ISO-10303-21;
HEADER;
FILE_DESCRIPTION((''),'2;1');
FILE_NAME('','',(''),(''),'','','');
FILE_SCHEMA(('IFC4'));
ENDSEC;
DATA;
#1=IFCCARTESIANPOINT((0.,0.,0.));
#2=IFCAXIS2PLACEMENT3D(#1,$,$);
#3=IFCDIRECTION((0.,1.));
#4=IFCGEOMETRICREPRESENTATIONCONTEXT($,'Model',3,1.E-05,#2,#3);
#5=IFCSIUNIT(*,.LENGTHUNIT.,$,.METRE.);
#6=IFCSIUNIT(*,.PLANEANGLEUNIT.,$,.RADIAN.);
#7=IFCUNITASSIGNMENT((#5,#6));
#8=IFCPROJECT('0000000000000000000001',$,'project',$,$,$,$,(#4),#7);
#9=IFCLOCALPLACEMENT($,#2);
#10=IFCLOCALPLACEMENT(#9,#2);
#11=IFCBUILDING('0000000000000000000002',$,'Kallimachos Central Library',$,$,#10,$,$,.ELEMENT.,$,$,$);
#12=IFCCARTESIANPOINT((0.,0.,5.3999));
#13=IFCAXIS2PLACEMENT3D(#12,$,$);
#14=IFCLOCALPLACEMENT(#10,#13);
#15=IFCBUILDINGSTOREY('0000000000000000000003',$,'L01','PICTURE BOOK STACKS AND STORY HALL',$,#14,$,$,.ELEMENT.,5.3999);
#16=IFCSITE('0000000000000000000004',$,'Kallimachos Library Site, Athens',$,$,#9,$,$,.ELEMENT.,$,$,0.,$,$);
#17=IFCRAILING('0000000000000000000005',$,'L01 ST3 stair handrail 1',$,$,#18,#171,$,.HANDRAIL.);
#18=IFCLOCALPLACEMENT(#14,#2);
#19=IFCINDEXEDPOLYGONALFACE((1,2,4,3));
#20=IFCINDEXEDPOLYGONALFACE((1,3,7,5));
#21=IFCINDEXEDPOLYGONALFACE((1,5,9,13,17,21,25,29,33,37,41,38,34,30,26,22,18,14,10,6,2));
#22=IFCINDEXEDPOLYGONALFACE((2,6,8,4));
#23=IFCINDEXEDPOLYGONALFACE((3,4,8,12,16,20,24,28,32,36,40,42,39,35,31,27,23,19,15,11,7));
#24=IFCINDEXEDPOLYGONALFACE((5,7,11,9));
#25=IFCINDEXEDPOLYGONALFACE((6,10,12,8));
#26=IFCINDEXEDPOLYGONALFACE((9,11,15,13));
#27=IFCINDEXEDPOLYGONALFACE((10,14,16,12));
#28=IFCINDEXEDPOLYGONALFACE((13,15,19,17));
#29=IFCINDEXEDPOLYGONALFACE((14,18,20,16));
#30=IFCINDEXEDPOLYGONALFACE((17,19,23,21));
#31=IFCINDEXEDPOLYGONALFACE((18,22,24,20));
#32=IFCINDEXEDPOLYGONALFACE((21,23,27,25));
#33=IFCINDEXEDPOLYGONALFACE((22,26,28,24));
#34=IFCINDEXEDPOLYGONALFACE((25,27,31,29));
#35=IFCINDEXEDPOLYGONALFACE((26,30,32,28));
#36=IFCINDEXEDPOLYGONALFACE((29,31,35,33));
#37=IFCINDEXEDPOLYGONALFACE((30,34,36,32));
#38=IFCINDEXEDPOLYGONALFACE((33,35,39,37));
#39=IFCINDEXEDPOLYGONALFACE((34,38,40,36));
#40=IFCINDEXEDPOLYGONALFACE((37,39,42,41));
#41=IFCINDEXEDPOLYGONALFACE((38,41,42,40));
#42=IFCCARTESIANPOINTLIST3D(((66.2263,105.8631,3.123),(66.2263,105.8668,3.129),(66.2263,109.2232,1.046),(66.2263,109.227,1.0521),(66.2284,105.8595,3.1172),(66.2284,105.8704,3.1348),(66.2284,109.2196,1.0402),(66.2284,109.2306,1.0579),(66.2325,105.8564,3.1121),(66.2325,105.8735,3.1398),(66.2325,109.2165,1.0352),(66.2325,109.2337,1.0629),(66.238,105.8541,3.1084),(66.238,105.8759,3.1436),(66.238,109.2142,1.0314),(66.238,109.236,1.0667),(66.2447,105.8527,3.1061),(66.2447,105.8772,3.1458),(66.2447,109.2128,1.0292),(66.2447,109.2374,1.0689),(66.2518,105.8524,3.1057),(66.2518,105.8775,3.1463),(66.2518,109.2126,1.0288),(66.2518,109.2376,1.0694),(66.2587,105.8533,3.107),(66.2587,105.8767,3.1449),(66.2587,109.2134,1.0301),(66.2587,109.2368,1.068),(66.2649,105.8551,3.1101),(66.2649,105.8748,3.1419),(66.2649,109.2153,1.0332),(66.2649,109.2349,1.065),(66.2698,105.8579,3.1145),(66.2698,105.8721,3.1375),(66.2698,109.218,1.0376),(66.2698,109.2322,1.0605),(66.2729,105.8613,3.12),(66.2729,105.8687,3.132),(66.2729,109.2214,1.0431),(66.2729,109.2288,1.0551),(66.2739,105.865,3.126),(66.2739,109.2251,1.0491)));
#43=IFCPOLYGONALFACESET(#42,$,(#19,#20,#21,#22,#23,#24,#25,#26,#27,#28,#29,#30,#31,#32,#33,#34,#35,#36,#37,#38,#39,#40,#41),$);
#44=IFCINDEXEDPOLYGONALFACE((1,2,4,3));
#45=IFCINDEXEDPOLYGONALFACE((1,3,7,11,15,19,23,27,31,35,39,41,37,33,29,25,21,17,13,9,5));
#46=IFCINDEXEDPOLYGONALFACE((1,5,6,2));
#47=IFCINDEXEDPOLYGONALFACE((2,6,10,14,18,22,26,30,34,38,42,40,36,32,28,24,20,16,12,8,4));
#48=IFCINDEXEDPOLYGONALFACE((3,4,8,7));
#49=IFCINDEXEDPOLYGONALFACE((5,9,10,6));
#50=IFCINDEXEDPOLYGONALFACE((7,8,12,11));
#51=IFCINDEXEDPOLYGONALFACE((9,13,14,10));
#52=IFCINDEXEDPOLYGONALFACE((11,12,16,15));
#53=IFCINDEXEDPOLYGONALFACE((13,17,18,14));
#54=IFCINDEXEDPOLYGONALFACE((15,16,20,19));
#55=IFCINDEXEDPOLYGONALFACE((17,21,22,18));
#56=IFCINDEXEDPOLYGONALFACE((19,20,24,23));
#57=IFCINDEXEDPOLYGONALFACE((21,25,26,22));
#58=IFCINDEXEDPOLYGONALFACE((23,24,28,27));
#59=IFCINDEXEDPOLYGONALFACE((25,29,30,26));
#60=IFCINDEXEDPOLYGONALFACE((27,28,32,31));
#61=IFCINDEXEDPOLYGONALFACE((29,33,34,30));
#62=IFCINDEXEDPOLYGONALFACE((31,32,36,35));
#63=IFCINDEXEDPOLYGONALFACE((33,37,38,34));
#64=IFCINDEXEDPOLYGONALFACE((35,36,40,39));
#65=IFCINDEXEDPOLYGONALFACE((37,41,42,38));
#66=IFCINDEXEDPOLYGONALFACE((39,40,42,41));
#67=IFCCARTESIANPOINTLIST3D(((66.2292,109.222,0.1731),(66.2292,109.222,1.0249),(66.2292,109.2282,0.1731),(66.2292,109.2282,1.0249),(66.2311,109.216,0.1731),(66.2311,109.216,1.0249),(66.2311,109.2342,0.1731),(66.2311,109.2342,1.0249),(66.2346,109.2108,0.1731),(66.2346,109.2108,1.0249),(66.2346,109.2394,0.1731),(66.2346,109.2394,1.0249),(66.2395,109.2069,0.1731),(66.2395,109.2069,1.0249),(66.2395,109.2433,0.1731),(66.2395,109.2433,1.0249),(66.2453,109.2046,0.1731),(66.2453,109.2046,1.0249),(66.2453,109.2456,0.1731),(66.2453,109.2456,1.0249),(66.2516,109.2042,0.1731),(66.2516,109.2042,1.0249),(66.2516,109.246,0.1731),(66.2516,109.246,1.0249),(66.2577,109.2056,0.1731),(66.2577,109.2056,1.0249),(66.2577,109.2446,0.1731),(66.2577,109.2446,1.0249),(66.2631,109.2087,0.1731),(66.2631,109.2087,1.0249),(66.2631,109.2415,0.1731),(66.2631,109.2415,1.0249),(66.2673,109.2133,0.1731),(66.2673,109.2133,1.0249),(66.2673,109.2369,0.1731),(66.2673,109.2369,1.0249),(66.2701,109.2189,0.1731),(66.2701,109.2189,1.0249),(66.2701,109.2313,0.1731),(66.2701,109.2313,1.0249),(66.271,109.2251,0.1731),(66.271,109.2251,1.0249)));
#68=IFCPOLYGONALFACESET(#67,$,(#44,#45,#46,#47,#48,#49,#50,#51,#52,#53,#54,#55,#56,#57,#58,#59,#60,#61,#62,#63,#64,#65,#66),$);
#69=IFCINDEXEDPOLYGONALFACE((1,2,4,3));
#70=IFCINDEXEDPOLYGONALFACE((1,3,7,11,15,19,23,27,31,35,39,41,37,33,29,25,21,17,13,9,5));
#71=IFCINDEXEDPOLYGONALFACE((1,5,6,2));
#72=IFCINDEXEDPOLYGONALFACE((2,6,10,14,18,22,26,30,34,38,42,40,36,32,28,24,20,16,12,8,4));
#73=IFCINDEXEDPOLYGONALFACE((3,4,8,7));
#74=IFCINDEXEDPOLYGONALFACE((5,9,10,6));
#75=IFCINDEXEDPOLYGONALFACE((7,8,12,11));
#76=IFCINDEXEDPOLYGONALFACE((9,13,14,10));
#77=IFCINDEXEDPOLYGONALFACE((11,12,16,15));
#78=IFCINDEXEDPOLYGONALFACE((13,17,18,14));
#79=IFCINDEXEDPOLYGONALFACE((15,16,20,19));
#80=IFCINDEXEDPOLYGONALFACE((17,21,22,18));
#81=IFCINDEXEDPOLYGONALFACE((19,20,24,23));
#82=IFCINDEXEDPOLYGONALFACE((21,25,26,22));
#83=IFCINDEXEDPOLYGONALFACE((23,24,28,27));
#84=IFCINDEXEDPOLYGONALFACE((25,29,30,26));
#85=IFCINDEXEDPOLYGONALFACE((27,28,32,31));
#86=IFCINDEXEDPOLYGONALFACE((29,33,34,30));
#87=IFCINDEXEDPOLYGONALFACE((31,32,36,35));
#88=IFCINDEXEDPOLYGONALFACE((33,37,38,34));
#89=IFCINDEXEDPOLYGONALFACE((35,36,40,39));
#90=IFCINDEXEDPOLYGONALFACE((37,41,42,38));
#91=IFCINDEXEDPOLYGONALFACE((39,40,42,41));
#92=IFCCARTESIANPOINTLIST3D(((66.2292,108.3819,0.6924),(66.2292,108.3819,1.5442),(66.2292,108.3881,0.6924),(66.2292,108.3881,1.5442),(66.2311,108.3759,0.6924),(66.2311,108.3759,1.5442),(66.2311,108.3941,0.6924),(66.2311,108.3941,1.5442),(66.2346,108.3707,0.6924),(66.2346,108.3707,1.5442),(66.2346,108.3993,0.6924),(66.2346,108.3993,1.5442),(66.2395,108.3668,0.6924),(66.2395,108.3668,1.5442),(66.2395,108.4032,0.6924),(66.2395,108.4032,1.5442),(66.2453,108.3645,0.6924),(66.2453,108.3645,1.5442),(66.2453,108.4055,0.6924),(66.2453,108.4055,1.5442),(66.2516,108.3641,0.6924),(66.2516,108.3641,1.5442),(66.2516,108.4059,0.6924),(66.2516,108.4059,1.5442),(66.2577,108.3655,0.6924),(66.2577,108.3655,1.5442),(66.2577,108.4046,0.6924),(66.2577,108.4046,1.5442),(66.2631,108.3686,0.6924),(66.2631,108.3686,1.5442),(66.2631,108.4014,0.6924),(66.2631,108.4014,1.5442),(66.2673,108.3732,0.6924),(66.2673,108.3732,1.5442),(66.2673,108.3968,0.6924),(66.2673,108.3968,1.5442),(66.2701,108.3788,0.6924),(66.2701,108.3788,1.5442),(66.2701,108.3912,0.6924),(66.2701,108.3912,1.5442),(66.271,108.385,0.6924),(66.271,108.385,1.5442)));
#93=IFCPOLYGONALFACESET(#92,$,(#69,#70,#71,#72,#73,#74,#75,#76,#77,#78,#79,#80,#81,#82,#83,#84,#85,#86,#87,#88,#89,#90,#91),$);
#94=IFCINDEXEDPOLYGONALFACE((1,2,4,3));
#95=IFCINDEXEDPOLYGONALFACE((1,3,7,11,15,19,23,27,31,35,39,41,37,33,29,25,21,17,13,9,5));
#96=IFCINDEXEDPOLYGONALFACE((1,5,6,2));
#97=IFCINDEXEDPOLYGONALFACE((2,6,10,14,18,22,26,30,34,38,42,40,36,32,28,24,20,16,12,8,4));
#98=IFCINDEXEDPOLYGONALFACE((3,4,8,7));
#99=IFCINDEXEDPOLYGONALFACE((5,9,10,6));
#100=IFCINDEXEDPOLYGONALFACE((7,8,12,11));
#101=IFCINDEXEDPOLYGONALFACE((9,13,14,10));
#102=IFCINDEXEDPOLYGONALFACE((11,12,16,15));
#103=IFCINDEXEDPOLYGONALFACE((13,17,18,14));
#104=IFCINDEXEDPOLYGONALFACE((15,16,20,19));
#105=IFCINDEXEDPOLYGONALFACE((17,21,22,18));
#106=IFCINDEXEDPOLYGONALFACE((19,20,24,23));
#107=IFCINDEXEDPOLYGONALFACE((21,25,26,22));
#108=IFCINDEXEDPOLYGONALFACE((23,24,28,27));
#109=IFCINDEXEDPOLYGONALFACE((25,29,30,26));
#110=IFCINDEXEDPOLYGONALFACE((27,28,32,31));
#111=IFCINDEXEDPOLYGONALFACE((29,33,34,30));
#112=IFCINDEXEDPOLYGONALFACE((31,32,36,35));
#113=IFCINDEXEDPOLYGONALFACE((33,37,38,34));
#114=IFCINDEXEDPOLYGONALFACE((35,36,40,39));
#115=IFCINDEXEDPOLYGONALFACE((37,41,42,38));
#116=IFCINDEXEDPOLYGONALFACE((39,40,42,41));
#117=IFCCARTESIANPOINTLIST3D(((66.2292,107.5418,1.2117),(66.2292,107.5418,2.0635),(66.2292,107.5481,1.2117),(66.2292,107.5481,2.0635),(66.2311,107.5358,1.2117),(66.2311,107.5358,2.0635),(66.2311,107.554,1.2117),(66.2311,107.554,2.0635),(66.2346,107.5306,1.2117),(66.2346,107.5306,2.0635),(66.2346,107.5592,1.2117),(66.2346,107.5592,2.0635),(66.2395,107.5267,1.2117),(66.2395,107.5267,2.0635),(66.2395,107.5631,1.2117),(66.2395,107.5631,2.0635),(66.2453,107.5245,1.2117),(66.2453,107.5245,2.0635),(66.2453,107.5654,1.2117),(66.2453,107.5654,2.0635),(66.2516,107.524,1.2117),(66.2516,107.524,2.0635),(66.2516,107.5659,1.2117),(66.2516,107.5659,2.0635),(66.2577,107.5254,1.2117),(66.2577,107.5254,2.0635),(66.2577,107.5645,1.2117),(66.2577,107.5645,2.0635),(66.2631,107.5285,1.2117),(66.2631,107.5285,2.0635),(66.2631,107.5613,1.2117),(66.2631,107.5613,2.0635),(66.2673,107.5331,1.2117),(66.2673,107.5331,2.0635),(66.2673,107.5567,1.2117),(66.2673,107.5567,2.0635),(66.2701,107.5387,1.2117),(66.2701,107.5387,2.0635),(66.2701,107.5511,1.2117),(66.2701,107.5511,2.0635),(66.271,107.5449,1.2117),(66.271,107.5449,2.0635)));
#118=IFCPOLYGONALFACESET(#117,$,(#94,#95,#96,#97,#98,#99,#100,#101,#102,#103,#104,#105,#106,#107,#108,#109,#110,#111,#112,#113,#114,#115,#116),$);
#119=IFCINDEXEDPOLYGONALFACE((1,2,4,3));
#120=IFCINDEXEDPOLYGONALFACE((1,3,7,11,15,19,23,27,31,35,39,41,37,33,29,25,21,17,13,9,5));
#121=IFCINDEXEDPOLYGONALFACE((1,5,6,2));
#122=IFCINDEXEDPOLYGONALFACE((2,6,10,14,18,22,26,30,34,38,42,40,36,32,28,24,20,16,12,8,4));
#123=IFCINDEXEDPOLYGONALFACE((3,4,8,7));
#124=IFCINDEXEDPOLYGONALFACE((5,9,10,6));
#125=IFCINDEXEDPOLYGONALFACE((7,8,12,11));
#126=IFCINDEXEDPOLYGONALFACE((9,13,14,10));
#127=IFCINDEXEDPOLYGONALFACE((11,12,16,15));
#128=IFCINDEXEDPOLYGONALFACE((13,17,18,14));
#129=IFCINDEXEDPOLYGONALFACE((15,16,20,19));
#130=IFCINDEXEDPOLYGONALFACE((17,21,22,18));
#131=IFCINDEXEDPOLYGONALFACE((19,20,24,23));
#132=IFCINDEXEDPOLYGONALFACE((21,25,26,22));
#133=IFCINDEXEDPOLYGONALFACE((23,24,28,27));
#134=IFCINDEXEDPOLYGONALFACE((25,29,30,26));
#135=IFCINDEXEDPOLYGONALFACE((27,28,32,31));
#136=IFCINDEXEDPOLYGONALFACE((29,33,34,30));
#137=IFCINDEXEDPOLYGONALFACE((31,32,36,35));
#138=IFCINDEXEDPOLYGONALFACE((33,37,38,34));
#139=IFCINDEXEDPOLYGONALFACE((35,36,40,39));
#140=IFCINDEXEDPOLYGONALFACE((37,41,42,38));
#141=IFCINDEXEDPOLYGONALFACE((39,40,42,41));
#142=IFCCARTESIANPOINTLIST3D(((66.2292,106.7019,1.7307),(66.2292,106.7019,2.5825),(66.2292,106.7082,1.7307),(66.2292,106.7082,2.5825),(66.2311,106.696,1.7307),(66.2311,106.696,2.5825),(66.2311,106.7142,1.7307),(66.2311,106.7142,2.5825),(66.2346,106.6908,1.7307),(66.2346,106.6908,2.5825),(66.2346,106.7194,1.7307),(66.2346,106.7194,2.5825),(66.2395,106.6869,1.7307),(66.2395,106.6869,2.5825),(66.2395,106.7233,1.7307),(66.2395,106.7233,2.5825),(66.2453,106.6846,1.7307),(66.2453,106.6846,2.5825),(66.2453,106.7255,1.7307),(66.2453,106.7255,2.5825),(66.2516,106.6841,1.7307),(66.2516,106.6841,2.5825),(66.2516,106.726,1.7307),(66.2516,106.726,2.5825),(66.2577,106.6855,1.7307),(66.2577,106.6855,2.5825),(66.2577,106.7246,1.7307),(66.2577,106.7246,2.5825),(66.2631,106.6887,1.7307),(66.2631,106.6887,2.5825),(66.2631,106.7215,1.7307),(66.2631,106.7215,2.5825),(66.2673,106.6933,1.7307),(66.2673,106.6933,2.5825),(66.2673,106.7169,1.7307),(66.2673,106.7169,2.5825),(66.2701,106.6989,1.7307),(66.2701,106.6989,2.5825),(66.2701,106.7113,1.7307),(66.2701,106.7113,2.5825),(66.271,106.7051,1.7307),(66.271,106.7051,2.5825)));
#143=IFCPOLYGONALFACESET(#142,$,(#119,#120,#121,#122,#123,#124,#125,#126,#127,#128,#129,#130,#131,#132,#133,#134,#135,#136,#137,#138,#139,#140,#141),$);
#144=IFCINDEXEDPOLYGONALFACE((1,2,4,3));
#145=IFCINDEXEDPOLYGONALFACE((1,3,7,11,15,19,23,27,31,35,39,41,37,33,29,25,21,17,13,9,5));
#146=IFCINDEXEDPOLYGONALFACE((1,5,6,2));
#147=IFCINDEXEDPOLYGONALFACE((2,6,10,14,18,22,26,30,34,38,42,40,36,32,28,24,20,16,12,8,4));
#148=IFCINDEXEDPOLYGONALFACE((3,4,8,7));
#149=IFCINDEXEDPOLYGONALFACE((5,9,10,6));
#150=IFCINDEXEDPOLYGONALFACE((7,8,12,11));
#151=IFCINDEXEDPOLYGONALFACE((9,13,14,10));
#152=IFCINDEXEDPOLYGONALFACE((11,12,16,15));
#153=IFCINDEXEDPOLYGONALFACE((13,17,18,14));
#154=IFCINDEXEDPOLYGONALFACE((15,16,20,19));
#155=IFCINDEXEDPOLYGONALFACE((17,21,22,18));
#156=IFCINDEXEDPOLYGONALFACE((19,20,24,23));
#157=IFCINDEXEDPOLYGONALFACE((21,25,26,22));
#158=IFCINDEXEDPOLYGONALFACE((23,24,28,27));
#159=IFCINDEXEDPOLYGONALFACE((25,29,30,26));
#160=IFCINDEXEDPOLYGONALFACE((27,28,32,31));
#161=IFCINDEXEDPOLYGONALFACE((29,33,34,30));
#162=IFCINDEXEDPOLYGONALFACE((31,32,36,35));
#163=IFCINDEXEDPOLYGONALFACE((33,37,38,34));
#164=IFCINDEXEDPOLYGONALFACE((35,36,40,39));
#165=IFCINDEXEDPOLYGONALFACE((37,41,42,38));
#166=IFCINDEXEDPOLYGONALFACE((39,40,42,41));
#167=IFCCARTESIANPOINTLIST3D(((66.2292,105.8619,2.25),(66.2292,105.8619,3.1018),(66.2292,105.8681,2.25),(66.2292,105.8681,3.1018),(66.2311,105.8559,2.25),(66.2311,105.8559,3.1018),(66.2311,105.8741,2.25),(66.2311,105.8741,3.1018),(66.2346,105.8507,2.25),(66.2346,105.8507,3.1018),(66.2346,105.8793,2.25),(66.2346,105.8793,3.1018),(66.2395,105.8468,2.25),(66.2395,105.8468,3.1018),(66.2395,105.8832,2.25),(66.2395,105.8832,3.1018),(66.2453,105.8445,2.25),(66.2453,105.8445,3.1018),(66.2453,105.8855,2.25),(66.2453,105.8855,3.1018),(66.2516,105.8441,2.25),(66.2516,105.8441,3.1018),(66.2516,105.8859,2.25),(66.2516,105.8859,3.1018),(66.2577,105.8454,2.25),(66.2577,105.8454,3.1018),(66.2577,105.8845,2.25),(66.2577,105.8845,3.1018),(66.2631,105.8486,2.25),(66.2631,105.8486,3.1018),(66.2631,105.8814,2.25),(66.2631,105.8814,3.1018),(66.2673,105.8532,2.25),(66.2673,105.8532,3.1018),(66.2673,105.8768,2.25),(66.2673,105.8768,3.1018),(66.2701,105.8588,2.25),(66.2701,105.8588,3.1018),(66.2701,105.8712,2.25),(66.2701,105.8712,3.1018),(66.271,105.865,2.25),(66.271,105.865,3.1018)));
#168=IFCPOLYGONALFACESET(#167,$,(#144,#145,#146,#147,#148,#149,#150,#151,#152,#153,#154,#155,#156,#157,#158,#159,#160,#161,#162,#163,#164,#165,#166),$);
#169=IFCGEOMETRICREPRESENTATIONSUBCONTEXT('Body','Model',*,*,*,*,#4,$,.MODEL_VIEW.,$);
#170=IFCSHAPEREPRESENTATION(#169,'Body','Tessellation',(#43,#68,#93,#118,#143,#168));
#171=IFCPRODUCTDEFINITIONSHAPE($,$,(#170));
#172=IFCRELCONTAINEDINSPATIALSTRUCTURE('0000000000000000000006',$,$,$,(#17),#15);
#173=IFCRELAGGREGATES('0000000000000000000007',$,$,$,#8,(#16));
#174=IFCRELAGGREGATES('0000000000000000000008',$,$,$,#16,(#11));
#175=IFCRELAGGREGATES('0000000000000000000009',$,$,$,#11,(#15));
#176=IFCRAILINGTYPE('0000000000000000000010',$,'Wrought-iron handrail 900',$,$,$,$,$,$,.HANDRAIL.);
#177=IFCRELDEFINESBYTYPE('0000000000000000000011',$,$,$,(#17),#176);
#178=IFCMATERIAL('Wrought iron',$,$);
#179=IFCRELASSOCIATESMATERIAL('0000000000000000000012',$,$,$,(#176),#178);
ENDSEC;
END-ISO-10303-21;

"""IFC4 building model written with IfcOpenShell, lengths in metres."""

from ifc_helpers import new_model, si_unit, direction, frame, origin, origin_2d, place, context, subcontext, project, spatial, circle, extrude, material, type_object, element, save


model = new_model("IFC4")

# Units and contexts
model_context = context("Model", 3, precision=1e-05, world=origin(), true_north=direction((0.0, 1.0)))
body_context = subcontext(model_context, "Body", "Model", "MODEL_VIEW")
ifc_project = project(units=[si_unit("LENGTHUNIT", "METRE"), si_unit("PLANEANGLEUNIT", "RADIAN")], contexts=[model_context])

# Site, building, storey
site_placement = place(None, origin())
site = spatial("IfcSite", under=ifc_project, at=site_placement, Name="Kallimachos Library Site, Athens", CompositionType="ELEMENT", RefElevation=0.0)
building_placement = place(site_placement, origin())
building = spatial("IfcBuilding", under=site, at=building_placement, Name="Kallimachos Central Library", CompositionType="ELEMENT")
storey_placement = place(building_placement, frame((0.0, 0.0, 5.3999)))
storey = spatial("IfcBuildingStorey", under=building, at=storey_placement, Name="L01", Description="PICTURE BOOK STACKS AND STORY HALL", CompositionType="ELEMENT", Elevation=5.3999)

# Railing
ifc_material_1 = material(Name="Wrought iron")
railing_type_1 = type_object("IfcRailingType", Name="Wrought-iron handrail 900", PredefinedType="HANDRAIL", material=ifc_material_1)
railing_1_placement = place(storey_placement, frame((66.25, 109.2251, 0.1731)))
element("IfcRailing", 1, at=railing_1_placement, inside=storey, type_object=railing_type_1, Name="L01 ST3 stair handrail 1", PredefinedType="HANDRAIL", context=body_context, shape_type="SweptSolid", body=[
    extrude(circle(Radius=0.0239, at=origin_2d()), frame((0.0, 0.0, 0.876), z_axis=(0.0, -0.850623, 0.525776), x_axis=(1.0, 0.0, 0.0)), (0.0, 0.0, 1.0), 3.9502),
    extrude(circle(Radius=0.021, at=origin_2d()), origin(), (0.0, 0.0, 1.0), 0.8518),
    extrude(circle(Radius=0.021, at=origin_2d()), frame((0.0, -0.8401, 0.5193)), (0.0, 0.0, 1.0), 0.8518),
    extrude(circle(Radius=0.021, at=origin_2d()), frame((0.0, -1.6802, 1.0386)), (0.0, 0.0, 1.0), 0.8518),
    extrude(circle(Radius=0.021, at=origin_2d()), frame((0.0, -2.52, 1.5576)), (0.0, 0.0, 1.0), 0.8518),
    extrude(circle(Radius=0.021, at=origin_2d()), frame((0.0, -3.3601, 2.0769)), (0.0, 0.0, 1.0), 0.8518),
])

save(model, "model.ifc")
